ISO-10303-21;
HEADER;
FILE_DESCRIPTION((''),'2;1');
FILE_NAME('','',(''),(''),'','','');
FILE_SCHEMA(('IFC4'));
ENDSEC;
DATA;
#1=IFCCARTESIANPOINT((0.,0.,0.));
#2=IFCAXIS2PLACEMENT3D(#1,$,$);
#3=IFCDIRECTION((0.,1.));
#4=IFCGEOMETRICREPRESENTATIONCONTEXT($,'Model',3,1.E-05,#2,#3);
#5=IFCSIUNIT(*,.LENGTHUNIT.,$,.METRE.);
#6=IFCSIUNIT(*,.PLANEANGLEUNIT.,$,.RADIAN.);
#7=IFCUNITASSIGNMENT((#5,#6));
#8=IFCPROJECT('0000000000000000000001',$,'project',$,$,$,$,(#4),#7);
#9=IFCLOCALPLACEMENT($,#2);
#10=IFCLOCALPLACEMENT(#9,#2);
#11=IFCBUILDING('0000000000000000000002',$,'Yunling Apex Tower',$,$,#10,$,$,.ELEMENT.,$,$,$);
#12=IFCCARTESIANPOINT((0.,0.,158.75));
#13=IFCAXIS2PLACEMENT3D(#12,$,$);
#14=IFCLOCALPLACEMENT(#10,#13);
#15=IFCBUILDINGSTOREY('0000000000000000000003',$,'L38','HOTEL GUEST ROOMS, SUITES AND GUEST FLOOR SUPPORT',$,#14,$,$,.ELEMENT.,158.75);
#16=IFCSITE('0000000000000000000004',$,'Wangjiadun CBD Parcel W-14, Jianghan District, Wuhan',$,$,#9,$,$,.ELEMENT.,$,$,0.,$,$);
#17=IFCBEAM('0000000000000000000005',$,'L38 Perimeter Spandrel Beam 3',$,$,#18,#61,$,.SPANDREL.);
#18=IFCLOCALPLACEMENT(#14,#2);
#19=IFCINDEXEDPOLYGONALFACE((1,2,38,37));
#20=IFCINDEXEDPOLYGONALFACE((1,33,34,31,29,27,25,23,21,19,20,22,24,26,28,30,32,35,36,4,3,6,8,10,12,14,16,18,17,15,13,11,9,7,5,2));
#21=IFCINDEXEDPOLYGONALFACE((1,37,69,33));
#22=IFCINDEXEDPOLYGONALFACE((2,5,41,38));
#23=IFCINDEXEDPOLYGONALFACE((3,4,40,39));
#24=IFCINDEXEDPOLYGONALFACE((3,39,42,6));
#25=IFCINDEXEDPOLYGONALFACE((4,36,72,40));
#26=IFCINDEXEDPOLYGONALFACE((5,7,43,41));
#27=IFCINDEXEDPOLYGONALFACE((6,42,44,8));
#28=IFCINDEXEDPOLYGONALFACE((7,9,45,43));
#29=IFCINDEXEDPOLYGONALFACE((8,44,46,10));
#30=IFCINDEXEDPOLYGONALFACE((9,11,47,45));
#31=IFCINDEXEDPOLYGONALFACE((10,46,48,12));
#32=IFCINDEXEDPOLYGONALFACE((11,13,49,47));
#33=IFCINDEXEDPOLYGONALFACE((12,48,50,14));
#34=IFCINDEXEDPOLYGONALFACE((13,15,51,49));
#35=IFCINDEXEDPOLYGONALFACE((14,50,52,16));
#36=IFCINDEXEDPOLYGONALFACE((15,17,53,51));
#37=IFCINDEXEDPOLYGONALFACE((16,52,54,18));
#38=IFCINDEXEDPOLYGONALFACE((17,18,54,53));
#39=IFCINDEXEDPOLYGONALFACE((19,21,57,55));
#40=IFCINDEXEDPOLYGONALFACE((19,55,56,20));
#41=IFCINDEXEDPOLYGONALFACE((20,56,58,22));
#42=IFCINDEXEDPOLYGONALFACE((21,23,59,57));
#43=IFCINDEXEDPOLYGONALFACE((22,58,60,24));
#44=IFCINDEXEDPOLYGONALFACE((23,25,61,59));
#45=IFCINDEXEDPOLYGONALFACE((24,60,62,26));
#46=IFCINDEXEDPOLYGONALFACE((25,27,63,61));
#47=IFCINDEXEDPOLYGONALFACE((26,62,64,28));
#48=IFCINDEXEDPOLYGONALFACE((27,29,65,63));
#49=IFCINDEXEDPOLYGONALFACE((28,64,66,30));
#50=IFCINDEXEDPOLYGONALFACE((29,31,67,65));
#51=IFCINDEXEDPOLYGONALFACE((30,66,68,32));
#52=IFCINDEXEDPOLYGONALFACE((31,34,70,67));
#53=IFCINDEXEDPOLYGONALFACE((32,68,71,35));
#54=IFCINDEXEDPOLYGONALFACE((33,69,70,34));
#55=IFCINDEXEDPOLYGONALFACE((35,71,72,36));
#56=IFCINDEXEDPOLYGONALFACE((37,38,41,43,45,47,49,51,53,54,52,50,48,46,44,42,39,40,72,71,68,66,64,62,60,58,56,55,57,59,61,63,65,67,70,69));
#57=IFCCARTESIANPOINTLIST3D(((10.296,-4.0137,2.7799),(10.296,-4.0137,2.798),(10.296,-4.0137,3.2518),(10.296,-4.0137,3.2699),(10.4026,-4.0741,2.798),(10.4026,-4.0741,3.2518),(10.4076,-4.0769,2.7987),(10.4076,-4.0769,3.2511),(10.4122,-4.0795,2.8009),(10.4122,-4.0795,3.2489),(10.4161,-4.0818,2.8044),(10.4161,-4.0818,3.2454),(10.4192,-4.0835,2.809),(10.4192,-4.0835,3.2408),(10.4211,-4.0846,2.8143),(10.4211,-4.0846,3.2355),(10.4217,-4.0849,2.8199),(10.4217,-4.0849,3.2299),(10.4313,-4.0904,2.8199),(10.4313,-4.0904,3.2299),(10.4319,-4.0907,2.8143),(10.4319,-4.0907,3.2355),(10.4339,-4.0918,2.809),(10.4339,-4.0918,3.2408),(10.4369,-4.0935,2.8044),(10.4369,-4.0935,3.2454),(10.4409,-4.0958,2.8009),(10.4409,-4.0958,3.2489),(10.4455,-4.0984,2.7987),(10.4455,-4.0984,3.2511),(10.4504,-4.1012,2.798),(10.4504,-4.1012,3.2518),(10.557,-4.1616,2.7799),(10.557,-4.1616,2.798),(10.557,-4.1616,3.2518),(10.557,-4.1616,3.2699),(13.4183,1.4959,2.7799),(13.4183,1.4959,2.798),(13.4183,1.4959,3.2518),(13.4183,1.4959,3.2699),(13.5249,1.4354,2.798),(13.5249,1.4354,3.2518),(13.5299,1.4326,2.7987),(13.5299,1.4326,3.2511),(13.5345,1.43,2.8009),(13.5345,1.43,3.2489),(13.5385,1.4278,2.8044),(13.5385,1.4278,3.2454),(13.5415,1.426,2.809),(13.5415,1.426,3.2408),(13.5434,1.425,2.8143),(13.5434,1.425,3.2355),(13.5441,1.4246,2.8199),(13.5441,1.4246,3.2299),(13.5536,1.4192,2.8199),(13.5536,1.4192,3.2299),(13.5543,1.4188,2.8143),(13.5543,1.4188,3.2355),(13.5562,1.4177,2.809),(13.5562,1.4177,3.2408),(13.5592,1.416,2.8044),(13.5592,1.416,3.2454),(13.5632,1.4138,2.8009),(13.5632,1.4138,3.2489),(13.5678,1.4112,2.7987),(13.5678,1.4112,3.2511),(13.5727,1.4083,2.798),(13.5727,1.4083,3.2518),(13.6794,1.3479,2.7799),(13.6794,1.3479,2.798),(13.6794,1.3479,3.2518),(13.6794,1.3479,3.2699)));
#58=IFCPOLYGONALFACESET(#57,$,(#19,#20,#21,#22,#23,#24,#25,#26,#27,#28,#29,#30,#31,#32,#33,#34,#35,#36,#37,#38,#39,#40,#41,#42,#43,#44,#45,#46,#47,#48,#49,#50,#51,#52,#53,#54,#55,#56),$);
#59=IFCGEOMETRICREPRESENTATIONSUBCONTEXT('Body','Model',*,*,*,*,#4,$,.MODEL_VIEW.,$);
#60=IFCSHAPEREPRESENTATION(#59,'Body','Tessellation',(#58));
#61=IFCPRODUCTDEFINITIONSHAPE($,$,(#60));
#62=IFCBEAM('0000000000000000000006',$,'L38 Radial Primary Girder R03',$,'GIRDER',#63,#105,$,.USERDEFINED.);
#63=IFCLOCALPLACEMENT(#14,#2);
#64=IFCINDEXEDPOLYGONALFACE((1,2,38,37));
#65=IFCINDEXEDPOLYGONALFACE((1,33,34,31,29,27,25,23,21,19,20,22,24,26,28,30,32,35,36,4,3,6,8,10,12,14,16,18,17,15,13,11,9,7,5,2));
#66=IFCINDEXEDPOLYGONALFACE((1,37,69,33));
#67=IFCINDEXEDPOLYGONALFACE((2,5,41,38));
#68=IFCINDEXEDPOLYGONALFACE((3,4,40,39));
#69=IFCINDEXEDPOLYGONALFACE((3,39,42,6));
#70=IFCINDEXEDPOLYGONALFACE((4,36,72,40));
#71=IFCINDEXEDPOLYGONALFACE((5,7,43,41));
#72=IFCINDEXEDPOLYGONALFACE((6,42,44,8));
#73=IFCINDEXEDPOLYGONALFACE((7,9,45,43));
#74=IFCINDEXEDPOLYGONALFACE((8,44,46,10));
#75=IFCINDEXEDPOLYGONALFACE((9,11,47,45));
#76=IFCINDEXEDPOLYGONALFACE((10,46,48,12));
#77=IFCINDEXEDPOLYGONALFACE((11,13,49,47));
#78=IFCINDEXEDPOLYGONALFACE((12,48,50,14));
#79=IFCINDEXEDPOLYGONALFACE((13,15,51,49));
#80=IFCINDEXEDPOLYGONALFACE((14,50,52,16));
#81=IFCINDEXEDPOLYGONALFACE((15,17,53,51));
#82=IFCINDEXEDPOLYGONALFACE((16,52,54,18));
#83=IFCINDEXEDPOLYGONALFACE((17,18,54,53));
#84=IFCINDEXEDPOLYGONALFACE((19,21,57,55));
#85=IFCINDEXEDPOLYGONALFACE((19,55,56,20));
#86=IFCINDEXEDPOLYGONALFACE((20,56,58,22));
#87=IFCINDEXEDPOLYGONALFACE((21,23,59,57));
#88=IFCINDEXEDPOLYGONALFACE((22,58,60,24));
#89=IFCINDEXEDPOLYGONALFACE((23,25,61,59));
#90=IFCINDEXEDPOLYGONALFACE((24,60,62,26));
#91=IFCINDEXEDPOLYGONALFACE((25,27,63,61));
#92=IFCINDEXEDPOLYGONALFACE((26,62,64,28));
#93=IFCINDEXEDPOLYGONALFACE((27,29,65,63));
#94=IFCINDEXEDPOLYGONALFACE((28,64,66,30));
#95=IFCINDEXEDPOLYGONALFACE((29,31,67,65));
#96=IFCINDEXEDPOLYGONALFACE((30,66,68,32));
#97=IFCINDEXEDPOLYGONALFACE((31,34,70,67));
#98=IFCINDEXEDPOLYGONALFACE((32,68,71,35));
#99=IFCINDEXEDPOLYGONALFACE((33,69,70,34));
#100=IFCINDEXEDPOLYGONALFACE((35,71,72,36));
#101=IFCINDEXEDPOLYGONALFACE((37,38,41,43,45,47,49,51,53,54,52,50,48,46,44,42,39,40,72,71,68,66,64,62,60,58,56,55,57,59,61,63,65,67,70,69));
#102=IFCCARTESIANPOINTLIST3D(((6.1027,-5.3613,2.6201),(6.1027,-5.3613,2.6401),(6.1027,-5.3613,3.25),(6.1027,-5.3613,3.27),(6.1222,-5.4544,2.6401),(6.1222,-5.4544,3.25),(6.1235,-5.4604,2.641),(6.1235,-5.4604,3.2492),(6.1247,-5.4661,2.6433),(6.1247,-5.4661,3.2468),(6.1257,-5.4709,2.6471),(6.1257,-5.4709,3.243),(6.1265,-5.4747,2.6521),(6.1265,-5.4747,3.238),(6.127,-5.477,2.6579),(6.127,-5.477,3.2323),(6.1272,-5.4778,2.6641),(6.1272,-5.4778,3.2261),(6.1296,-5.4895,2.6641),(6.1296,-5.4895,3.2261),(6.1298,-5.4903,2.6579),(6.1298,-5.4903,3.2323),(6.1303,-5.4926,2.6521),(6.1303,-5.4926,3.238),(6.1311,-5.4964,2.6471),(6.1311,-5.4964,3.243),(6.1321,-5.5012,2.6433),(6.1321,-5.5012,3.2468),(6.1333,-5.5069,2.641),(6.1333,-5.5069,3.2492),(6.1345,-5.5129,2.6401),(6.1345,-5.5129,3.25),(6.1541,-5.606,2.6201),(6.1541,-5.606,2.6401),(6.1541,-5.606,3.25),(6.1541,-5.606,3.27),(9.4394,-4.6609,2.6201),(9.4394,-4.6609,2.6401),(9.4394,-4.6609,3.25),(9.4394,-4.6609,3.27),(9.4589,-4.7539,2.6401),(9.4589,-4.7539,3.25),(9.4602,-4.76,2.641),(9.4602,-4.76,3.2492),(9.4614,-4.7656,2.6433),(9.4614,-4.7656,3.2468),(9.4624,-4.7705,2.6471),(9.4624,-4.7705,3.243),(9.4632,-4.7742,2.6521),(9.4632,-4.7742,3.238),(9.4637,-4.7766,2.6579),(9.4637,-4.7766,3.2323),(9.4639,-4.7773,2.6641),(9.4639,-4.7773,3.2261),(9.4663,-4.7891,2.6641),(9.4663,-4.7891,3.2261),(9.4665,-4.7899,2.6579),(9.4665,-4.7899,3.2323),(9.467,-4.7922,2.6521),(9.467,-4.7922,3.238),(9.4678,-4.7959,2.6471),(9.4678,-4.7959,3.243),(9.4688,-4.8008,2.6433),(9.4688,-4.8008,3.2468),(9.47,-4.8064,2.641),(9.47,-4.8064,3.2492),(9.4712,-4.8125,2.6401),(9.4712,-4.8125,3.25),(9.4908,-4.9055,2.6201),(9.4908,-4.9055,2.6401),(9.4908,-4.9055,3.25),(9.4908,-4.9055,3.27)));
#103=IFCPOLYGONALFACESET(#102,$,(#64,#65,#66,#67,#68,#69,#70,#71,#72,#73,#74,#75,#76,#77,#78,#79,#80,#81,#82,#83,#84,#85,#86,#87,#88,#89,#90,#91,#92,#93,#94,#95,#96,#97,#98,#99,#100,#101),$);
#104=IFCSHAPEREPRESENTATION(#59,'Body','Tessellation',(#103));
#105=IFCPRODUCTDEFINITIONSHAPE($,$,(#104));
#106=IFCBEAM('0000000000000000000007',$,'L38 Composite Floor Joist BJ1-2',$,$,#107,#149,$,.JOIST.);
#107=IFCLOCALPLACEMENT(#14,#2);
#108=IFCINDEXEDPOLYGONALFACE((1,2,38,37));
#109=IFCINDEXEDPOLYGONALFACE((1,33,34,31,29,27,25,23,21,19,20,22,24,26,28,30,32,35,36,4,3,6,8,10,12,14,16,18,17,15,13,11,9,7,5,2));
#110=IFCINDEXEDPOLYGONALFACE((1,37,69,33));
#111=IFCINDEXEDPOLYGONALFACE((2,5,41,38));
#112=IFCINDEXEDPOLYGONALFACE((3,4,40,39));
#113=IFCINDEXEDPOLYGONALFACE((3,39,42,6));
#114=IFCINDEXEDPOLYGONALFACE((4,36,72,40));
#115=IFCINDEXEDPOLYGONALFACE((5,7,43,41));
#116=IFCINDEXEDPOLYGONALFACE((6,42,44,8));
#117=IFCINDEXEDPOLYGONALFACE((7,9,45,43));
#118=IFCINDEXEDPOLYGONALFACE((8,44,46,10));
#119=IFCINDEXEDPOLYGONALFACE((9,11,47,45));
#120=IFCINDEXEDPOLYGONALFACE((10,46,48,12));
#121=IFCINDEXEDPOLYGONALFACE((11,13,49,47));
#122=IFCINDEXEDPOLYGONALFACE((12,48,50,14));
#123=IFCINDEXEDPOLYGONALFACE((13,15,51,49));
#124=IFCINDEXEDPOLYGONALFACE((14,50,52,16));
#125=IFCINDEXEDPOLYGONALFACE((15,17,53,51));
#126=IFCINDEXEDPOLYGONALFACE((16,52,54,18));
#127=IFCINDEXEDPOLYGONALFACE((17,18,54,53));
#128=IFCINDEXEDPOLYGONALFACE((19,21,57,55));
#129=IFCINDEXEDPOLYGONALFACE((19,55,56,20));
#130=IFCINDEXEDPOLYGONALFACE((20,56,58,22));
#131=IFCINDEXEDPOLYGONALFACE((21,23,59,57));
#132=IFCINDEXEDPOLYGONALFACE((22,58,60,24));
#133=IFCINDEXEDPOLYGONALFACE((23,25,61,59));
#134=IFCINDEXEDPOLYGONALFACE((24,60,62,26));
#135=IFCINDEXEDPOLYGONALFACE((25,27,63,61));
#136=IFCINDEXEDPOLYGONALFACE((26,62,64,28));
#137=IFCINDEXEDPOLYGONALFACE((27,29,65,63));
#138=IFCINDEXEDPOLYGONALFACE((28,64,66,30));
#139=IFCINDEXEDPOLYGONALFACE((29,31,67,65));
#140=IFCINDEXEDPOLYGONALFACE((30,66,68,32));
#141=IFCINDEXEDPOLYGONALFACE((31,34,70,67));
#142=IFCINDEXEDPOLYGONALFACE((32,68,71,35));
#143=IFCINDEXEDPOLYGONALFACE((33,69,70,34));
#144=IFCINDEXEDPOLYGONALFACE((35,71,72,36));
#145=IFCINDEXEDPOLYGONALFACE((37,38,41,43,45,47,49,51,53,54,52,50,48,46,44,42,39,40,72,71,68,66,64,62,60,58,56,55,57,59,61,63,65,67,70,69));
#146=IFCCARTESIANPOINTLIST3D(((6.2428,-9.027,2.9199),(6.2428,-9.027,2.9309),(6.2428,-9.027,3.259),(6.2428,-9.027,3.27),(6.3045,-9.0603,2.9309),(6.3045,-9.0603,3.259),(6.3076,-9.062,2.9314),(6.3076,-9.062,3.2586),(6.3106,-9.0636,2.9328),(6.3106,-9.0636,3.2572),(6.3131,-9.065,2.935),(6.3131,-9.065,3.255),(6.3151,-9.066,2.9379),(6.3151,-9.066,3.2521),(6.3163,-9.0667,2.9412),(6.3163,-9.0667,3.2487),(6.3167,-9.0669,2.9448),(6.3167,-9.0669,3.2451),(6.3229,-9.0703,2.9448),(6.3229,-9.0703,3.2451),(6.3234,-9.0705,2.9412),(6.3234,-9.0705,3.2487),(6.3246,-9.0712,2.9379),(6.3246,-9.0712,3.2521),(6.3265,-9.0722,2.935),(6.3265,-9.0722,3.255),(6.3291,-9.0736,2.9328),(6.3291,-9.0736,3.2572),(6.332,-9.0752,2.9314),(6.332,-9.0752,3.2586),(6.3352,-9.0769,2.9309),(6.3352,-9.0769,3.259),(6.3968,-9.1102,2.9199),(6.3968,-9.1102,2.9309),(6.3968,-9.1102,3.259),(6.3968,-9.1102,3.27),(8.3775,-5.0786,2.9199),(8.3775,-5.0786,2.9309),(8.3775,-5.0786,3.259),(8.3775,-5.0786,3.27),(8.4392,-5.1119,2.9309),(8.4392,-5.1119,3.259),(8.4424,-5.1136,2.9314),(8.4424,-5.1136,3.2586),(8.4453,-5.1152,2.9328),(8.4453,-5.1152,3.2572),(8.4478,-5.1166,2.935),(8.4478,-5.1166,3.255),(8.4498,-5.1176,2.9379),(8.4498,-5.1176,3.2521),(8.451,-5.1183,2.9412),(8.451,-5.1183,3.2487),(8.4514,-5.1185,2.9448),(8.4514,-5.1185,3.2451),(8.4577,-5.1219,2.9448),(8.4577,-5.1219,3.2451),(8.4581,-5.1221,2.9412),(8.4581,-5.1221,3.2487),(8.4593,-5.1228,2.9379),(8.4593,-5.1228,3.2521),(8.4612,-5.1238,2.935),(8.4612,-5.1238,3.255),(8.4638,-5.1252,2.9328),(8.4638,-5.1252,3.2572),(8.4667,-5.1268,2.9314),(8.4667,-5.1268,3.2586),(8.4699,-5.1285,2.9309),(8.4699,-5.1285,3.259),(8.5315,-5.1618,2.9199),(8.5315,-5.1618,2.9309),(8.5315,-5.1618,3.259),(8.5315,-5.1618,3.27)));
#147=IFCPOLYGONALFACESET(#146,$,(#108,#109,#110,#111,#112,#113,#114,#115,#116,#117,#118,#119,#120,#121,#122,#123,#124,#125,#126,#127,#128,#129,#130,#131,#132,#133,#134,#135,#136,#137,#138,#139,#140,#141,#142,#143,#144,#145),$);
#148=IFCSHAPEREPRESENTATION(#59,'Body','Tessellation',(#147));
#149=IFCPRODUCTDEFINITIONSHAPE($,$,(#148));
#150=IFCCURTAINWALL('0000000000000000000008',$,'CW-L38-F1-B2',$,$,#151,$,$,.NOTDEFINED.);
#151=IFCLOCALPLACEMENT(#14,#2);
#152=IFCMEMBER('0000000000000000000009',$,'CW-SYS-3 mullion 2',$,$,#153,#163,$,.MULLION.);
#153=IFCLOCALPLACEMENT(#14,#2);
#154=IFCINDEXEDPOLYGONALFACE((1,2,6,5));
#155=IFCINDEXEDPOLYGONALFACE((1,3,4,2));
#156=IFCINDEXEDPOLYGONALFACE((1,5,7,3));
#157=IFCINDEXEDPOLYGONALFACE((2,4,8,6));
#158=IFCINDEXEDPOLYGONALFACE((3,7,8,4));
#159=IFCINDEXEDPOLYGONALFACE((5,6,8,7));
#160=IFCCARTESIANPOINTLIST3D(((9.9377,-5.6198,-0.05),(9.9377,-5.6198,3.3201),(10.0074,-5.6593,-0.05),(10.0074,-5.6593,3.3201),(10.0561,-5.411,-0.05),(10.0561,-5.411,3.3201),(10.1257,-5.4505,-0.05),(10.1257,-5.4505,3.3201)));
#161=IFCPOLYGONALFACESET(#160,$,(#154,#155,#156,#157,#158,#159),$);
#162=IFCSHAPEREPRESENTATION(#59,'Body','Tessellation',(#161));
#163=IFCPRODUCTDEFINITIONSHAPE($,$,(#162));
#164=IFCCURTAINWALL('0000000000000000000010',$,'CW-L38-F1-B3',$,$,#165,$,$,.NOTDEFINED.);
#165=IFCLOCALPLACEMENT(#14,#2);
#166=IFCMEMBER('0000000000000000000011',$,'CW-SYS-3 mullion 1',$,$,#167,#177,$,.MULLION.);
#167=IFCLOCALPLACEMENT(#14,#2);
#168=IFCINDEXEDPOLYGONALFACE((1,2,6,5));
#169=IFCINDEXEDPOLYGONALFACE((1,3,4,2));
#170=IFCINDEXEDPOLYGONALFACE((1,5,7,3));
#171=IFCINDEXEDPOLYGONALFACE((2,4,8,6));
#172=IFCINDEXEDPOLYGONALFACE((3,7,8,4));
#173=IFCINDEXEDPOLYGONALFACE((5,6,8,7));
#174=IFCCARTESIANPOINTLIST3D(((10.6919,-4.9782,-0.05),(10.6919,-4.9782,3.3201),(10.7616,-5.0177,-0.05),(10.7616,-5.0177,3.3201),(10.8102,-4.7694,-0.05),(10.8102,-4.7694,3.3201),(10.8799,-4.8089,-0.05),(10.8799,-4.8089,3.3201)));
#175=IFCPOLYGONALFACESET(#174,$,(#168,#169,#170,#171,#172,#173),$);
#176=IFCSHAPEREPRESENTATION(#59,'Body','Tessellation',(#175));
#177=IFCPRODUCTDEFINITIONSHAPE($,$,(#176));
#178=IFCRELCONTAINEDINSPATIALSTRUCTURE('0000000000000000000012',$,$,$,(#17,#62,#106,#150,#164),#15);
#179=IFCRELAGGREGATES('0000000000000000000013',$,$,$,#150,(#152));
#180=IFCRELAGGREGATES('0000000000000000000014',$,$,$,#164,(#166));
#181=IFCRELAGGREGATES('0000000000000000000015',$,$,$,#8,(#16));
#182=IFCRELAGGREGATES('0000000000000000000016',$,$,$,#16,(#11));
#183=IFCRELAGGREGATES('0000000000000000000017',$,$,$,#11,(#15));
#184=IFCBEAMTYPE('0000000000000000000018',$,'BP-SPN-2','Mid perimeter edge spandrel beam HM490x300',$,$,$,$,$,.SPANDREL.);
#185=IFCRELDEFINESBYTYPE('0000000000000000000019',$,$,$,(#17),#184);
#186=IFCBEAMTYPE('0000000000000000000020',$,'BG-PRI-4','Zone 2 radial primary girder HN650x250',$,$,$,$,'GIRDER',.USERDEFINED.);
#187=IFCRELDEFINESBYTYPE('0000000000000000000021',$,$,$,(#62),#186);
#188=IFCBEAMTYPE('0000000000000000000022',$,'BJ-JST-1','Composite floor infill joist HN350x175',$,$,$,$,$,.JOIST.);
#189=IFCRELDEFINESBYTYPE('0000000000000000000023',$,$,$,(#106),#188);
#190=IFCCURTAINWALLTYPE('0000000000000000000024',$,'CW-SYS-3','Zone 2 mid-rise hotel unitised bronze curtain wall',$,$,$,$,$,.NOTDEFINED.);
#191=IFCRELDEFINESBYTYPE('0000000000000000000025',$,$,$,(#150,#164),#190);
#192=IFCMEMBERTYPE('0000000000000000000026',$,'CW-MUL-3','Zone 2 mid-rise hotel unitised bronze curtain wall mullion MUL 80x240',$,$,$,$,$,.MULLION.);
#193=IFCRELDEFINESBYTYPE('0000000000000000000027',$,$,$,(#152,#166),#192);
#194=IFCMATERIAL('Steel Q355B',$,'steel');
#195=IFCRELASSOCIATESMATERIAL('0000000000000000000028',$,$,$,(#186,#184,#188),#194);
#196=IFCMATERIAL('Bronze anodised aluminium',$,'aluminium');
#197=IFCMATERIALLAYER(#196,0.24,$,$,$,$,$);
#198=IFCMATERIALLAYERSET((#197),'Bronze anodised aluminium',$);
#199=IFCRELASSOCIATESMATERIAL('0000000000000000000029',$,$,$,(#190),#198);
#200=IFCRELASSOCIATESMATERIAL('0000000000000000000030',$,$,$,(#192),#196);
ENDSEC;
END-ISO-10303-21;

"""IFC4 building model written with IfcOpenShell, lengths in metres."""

from ifc_helpers import new_model, si_unit, direction, frame, origin, origin_2d, place, context, subcontext, project, spatial, rectangle, i_section, extrude, source, transform, mapped, material, layer, layer_set, material_profile, profile_set, type_object, element, aggregate, save


model = new_model("IFC4")

# Units and contexts
model_context = context("Model", 3, precision=1e-05, world=origin(), true_north=direction((0.0, 1.0)))
body_context = subcontext(model_context, "Body", "Model", "MODEL_VIEW")
ifc_project = project(units=[si_unit("LENGTHUNIT", "METRE"), si_unit("PLANEANGLEUNIT", "RADIAN")], contexts=[model_context])

# Site, building, storey
site_placement = place(None, origin())
site = spatial("IfcSite", under=ifc_project, at=site_placement, Name="Wangjiadun CBD Parcel W-14, Jianghan District, Wuhan", CompositionType="ELEMENT", RefElevation=0.0)
building_placement = place(site_placement, origin())
building = spatial("IfcBuilding", under=site, at=building_placement, Name="Yunling Apex Tower", CompositionType="ELEMENT")
storey_placement = place(building_placement, frame((0.0, 0.0, 158.75)))
storey = spatial("IfcBuildingStorey", under=building, at=storey_placement, Name="L38", Description="HOTEL GUEST ROOMS, SUITES AND GUEST FLOOR SUPPORT", CompositionType="ELEMENT", Elevation=158.75)

# Beams
ifc_material_1 = material(Name="Steel Q355B", Category="steel")
ifc_material_profile_1 = material_profile(ifc_material_1, i_section(OverallWidth=0.25, OverallDepth=0.6499, WebThickness=0.012, FlangeThickness=0.02, FilletRadius=0.0239, at=origin_2d()))
ifc_profile_set_1 = profile_set([ifc_material_profile_1], Name="Steel Q355B")
beam_type_1 = type_object("IfcBeamType", Name="BG-PRI-4", Description="Zone 2 radial primary girder HN650x250", ElementType="GIRDER", PredefinedType="USERDEFINED", material=ifc_profile_set_1)
ifc_material_profile_2 = material_profile(ifc_material_1, i_section(OverallWidth=0.3, OverallDepth=0.49, WebThickness=0.011, FlangeThickness=0.0181, FilletRadius=0.022, at=origin_2d()))
ifc_profile_set_2 = profile_set([ifc_material_profile_2], Name="Steel Q355B")
beam_type_2 = type_object("IfcBeamType", Name="BP-SPN-2", Description="Mid perimeter edge spandrel beam HM490x300", PredefinedType="SPANDREL", material=ifc_profile_set_2)
shared_shape_1 = source(origin(), body_context, "Body", "SweptSolid", [
    extrude(i_section(OverallWidth=0.3, OverallDepth=0.49, WebThickness=0.011, FlangeThickness=0.0181, FilletRadius=0.022, at=origin_2d()), origin(), (0.0, 0.0, 1.0), 6.3328),
])
beam_1_placement = place(storey_placement, frame((10.4265, -4.0876, 3.0249), z_axis=(0.493043, 0.870005, 0.0), x_axis=(-0.870005, 0.493043, 0.0)))
element("IfcBeam", 1, at=beam_1_placement, inside=storey, type_object=beam_type_2, Name="L38 Perimeter Spandrel Beam 3", PredefinedType="SPANDREL", context=body_context, shape_type="MappedRepresentation", body=[
    mapped(shared_shape_1, transform((0.0, 0.0, 0.0), scale=1.0)),
])
shared_shape_2 = source(origin(), body_context, "Body", "SweptSolid", [
    extrude(i_section(OverallWidth=0.25, OverallDepth=0.6499, WebThickness=0.012, FlangeThickness=0.02, FilletRadius=0.0239, at=origin_2d()), origin(), (0.0, 0.0, 1.0), 3.4094),
])
beam_2_placement = place(storey_placement, frame((9.4651, -4.7832, 2.9451), z_axis=(-0.978669, -0.205444, 0.0), x_axis=(0.205444, -0.978669, 0.0)))
element("IfcBeam", 2, at=beam_2_placement, inside=storey, type_object=beam_type_1, Name="L38 Radial Primary Girder R03", ObjectType="GIRDER", PredefinedType="USERDEFINED", context=body_context, shape_type="MappedRepresentation", body=[
    mapped(shared_shape_2, transform((0.0, 0.0, 0.0), scale=1.0)),
])
ifc_material_profile_3 = material_profile(ifc_material_1, i_section(OverallWidth=0.175, OverallDepth=0.3501, WebThickness=0.0071, FlangeThickness=0.011, FilletRadius=0.0139, at=origin_2d()))
ifc_profile_set_3 = profile_set([ifc_material_profile_3], Name="Steel Q355B")
beam_type_3 = type_object("IfcBeamType", Name="BJ-JST-1", Description="Composite floor infill joist HN350x175", PredefinedType="JOIST", material=ifc_profile_set_3)
shared_shape_3 = source(origin(), body_context, "Body", "SweptSolid", [
    extrude(i_section(OverallWidth=0.175, OverallDepth=0.3501, WebThickness=0.0071, FlangeThickness=0.011, FilletRadius=0.0139, at=origin_2d()), origin(), (0.0, 0.0, 1.0), 4.4885),
])
beam_3_placement = place(storey_placement, frame((6.3198, -9.0686, 3.095), z_axis=(0.475594, 0.879665, 0.0), x_axis=(-0.879665, 0.475594, 0.0)))
element("IfcBeam", 3, at=beam_3_placement, inside=storey, type_object=beam_type_3, Name="L38 Composite Floor Joist BJ1-2", PredefinedType="JOIST", context=body_context, shape_type="MappedRepresentation", body=[
    mapped(shared_shape_3, transform((0.0, 0.0, 0.0), scale=1.0)),
])

# Curtain wall, member
ifc_material_2 = material(Name="Bronze anodised aluminium", Category="aluminium")
ifc_layer_1 = layer(ifc_material_2, 0.24)
ifc_layer_set_1 = layer_set([ifc_layer_1], Name="Bronze anodised aluminium")
curtain_wall_type = type_object("IfcCurtainWallType", Name="CW-SYS-3", Description="Zone 2 mid-rise hotel unitised bronze curtain wall", PredefinedType="NOTDEFINED", material=ifc_layer_set_1)
curtain_wall_1_placement = place(storey_placement, origin())
curtain_wall_1 = element("IfcCurtainWall", 4, at=curtain_wall_1_placement, inside=storey, type_object=curtain_wall_type, Name="CW-L38-F1-B2", PredefinedType="NOTDEFINED")
ifc_material_profile_4 = material_profile(ifc_material_2, rectangle(XDim=0.0801, YDim=0.24, at=origin_2d()))
ifc_profile_set_4 = profile_set([ifc_material_profile_4], Name="Bronze anodised aluminium")
member_type_1 = type_object("IfcMemberType", Name="CW-MUL-3", Description="Zone 2 mid-rise hotel unitised bronze curtain wall mullion MUL 80x240", PredefinedType="MULLION", material=ifc_profile_set_4)
shared_shape_4 = source(origin(), body_context, "Body", "SweptSolid", [
    extrude(rectangle(XDim=0.0801, YDim=0.24, at=origin_2d()), origin(), (0.0, 0.0, 1.0), 3.3701),
])
member_1_placement = place(storey_placement, frame((10.0317, -5.5352, -0.05), z_axis=(0.0, 0.0, 1.0), x_axis=(-0.870003, 0.493047, 0.0)))
member_1 = element("IfcMember", 5, at=member_1_placement, type_object=member_type_1, Name="CW-SYS-3 mullion 2", PredefinedType="MULLION", context=body_context, shape_type="MappedRepresentation", body=[
    mapped(shared_shape_4, transform((0.0, 0.0, 0.0), scale=1.0)),
])

# Curtain wall, member
curtain_wall_2_placement = place(storey_placement, origin())
curtain_wall_2 = element("IfcCurtainWall", 6, at=curtain_wall_2_placement, inside=storey, type_object=curtain_wall_type, Name="CW-L38-F1-B3", PredefinedType="NOTDEFINED")
member_2_placement = place(storey_placement, frame((10.7859, -4.8936, -0.05), z_axis=(0.0, 0.0, 1.0), x_axis=(-0.870009, 0.493035, 0.0)))
member_2 = element("IfcMember", 7, at=member_2_placement, type_object=member_type_1, Name="CW-SYS-3 mullion 1", PredefinedType="MULLION", context=body_context, shape_type="MappedRepresentation", body=[
    mapped(shared_shape_4, transform((0.0, 0.0, 0.0), scale=1.0)),
])

aggregate(curtain_wall_1, [member_1])
aggregate(curtain_wall_2, [member_2])

save(model, "model.ifc")
